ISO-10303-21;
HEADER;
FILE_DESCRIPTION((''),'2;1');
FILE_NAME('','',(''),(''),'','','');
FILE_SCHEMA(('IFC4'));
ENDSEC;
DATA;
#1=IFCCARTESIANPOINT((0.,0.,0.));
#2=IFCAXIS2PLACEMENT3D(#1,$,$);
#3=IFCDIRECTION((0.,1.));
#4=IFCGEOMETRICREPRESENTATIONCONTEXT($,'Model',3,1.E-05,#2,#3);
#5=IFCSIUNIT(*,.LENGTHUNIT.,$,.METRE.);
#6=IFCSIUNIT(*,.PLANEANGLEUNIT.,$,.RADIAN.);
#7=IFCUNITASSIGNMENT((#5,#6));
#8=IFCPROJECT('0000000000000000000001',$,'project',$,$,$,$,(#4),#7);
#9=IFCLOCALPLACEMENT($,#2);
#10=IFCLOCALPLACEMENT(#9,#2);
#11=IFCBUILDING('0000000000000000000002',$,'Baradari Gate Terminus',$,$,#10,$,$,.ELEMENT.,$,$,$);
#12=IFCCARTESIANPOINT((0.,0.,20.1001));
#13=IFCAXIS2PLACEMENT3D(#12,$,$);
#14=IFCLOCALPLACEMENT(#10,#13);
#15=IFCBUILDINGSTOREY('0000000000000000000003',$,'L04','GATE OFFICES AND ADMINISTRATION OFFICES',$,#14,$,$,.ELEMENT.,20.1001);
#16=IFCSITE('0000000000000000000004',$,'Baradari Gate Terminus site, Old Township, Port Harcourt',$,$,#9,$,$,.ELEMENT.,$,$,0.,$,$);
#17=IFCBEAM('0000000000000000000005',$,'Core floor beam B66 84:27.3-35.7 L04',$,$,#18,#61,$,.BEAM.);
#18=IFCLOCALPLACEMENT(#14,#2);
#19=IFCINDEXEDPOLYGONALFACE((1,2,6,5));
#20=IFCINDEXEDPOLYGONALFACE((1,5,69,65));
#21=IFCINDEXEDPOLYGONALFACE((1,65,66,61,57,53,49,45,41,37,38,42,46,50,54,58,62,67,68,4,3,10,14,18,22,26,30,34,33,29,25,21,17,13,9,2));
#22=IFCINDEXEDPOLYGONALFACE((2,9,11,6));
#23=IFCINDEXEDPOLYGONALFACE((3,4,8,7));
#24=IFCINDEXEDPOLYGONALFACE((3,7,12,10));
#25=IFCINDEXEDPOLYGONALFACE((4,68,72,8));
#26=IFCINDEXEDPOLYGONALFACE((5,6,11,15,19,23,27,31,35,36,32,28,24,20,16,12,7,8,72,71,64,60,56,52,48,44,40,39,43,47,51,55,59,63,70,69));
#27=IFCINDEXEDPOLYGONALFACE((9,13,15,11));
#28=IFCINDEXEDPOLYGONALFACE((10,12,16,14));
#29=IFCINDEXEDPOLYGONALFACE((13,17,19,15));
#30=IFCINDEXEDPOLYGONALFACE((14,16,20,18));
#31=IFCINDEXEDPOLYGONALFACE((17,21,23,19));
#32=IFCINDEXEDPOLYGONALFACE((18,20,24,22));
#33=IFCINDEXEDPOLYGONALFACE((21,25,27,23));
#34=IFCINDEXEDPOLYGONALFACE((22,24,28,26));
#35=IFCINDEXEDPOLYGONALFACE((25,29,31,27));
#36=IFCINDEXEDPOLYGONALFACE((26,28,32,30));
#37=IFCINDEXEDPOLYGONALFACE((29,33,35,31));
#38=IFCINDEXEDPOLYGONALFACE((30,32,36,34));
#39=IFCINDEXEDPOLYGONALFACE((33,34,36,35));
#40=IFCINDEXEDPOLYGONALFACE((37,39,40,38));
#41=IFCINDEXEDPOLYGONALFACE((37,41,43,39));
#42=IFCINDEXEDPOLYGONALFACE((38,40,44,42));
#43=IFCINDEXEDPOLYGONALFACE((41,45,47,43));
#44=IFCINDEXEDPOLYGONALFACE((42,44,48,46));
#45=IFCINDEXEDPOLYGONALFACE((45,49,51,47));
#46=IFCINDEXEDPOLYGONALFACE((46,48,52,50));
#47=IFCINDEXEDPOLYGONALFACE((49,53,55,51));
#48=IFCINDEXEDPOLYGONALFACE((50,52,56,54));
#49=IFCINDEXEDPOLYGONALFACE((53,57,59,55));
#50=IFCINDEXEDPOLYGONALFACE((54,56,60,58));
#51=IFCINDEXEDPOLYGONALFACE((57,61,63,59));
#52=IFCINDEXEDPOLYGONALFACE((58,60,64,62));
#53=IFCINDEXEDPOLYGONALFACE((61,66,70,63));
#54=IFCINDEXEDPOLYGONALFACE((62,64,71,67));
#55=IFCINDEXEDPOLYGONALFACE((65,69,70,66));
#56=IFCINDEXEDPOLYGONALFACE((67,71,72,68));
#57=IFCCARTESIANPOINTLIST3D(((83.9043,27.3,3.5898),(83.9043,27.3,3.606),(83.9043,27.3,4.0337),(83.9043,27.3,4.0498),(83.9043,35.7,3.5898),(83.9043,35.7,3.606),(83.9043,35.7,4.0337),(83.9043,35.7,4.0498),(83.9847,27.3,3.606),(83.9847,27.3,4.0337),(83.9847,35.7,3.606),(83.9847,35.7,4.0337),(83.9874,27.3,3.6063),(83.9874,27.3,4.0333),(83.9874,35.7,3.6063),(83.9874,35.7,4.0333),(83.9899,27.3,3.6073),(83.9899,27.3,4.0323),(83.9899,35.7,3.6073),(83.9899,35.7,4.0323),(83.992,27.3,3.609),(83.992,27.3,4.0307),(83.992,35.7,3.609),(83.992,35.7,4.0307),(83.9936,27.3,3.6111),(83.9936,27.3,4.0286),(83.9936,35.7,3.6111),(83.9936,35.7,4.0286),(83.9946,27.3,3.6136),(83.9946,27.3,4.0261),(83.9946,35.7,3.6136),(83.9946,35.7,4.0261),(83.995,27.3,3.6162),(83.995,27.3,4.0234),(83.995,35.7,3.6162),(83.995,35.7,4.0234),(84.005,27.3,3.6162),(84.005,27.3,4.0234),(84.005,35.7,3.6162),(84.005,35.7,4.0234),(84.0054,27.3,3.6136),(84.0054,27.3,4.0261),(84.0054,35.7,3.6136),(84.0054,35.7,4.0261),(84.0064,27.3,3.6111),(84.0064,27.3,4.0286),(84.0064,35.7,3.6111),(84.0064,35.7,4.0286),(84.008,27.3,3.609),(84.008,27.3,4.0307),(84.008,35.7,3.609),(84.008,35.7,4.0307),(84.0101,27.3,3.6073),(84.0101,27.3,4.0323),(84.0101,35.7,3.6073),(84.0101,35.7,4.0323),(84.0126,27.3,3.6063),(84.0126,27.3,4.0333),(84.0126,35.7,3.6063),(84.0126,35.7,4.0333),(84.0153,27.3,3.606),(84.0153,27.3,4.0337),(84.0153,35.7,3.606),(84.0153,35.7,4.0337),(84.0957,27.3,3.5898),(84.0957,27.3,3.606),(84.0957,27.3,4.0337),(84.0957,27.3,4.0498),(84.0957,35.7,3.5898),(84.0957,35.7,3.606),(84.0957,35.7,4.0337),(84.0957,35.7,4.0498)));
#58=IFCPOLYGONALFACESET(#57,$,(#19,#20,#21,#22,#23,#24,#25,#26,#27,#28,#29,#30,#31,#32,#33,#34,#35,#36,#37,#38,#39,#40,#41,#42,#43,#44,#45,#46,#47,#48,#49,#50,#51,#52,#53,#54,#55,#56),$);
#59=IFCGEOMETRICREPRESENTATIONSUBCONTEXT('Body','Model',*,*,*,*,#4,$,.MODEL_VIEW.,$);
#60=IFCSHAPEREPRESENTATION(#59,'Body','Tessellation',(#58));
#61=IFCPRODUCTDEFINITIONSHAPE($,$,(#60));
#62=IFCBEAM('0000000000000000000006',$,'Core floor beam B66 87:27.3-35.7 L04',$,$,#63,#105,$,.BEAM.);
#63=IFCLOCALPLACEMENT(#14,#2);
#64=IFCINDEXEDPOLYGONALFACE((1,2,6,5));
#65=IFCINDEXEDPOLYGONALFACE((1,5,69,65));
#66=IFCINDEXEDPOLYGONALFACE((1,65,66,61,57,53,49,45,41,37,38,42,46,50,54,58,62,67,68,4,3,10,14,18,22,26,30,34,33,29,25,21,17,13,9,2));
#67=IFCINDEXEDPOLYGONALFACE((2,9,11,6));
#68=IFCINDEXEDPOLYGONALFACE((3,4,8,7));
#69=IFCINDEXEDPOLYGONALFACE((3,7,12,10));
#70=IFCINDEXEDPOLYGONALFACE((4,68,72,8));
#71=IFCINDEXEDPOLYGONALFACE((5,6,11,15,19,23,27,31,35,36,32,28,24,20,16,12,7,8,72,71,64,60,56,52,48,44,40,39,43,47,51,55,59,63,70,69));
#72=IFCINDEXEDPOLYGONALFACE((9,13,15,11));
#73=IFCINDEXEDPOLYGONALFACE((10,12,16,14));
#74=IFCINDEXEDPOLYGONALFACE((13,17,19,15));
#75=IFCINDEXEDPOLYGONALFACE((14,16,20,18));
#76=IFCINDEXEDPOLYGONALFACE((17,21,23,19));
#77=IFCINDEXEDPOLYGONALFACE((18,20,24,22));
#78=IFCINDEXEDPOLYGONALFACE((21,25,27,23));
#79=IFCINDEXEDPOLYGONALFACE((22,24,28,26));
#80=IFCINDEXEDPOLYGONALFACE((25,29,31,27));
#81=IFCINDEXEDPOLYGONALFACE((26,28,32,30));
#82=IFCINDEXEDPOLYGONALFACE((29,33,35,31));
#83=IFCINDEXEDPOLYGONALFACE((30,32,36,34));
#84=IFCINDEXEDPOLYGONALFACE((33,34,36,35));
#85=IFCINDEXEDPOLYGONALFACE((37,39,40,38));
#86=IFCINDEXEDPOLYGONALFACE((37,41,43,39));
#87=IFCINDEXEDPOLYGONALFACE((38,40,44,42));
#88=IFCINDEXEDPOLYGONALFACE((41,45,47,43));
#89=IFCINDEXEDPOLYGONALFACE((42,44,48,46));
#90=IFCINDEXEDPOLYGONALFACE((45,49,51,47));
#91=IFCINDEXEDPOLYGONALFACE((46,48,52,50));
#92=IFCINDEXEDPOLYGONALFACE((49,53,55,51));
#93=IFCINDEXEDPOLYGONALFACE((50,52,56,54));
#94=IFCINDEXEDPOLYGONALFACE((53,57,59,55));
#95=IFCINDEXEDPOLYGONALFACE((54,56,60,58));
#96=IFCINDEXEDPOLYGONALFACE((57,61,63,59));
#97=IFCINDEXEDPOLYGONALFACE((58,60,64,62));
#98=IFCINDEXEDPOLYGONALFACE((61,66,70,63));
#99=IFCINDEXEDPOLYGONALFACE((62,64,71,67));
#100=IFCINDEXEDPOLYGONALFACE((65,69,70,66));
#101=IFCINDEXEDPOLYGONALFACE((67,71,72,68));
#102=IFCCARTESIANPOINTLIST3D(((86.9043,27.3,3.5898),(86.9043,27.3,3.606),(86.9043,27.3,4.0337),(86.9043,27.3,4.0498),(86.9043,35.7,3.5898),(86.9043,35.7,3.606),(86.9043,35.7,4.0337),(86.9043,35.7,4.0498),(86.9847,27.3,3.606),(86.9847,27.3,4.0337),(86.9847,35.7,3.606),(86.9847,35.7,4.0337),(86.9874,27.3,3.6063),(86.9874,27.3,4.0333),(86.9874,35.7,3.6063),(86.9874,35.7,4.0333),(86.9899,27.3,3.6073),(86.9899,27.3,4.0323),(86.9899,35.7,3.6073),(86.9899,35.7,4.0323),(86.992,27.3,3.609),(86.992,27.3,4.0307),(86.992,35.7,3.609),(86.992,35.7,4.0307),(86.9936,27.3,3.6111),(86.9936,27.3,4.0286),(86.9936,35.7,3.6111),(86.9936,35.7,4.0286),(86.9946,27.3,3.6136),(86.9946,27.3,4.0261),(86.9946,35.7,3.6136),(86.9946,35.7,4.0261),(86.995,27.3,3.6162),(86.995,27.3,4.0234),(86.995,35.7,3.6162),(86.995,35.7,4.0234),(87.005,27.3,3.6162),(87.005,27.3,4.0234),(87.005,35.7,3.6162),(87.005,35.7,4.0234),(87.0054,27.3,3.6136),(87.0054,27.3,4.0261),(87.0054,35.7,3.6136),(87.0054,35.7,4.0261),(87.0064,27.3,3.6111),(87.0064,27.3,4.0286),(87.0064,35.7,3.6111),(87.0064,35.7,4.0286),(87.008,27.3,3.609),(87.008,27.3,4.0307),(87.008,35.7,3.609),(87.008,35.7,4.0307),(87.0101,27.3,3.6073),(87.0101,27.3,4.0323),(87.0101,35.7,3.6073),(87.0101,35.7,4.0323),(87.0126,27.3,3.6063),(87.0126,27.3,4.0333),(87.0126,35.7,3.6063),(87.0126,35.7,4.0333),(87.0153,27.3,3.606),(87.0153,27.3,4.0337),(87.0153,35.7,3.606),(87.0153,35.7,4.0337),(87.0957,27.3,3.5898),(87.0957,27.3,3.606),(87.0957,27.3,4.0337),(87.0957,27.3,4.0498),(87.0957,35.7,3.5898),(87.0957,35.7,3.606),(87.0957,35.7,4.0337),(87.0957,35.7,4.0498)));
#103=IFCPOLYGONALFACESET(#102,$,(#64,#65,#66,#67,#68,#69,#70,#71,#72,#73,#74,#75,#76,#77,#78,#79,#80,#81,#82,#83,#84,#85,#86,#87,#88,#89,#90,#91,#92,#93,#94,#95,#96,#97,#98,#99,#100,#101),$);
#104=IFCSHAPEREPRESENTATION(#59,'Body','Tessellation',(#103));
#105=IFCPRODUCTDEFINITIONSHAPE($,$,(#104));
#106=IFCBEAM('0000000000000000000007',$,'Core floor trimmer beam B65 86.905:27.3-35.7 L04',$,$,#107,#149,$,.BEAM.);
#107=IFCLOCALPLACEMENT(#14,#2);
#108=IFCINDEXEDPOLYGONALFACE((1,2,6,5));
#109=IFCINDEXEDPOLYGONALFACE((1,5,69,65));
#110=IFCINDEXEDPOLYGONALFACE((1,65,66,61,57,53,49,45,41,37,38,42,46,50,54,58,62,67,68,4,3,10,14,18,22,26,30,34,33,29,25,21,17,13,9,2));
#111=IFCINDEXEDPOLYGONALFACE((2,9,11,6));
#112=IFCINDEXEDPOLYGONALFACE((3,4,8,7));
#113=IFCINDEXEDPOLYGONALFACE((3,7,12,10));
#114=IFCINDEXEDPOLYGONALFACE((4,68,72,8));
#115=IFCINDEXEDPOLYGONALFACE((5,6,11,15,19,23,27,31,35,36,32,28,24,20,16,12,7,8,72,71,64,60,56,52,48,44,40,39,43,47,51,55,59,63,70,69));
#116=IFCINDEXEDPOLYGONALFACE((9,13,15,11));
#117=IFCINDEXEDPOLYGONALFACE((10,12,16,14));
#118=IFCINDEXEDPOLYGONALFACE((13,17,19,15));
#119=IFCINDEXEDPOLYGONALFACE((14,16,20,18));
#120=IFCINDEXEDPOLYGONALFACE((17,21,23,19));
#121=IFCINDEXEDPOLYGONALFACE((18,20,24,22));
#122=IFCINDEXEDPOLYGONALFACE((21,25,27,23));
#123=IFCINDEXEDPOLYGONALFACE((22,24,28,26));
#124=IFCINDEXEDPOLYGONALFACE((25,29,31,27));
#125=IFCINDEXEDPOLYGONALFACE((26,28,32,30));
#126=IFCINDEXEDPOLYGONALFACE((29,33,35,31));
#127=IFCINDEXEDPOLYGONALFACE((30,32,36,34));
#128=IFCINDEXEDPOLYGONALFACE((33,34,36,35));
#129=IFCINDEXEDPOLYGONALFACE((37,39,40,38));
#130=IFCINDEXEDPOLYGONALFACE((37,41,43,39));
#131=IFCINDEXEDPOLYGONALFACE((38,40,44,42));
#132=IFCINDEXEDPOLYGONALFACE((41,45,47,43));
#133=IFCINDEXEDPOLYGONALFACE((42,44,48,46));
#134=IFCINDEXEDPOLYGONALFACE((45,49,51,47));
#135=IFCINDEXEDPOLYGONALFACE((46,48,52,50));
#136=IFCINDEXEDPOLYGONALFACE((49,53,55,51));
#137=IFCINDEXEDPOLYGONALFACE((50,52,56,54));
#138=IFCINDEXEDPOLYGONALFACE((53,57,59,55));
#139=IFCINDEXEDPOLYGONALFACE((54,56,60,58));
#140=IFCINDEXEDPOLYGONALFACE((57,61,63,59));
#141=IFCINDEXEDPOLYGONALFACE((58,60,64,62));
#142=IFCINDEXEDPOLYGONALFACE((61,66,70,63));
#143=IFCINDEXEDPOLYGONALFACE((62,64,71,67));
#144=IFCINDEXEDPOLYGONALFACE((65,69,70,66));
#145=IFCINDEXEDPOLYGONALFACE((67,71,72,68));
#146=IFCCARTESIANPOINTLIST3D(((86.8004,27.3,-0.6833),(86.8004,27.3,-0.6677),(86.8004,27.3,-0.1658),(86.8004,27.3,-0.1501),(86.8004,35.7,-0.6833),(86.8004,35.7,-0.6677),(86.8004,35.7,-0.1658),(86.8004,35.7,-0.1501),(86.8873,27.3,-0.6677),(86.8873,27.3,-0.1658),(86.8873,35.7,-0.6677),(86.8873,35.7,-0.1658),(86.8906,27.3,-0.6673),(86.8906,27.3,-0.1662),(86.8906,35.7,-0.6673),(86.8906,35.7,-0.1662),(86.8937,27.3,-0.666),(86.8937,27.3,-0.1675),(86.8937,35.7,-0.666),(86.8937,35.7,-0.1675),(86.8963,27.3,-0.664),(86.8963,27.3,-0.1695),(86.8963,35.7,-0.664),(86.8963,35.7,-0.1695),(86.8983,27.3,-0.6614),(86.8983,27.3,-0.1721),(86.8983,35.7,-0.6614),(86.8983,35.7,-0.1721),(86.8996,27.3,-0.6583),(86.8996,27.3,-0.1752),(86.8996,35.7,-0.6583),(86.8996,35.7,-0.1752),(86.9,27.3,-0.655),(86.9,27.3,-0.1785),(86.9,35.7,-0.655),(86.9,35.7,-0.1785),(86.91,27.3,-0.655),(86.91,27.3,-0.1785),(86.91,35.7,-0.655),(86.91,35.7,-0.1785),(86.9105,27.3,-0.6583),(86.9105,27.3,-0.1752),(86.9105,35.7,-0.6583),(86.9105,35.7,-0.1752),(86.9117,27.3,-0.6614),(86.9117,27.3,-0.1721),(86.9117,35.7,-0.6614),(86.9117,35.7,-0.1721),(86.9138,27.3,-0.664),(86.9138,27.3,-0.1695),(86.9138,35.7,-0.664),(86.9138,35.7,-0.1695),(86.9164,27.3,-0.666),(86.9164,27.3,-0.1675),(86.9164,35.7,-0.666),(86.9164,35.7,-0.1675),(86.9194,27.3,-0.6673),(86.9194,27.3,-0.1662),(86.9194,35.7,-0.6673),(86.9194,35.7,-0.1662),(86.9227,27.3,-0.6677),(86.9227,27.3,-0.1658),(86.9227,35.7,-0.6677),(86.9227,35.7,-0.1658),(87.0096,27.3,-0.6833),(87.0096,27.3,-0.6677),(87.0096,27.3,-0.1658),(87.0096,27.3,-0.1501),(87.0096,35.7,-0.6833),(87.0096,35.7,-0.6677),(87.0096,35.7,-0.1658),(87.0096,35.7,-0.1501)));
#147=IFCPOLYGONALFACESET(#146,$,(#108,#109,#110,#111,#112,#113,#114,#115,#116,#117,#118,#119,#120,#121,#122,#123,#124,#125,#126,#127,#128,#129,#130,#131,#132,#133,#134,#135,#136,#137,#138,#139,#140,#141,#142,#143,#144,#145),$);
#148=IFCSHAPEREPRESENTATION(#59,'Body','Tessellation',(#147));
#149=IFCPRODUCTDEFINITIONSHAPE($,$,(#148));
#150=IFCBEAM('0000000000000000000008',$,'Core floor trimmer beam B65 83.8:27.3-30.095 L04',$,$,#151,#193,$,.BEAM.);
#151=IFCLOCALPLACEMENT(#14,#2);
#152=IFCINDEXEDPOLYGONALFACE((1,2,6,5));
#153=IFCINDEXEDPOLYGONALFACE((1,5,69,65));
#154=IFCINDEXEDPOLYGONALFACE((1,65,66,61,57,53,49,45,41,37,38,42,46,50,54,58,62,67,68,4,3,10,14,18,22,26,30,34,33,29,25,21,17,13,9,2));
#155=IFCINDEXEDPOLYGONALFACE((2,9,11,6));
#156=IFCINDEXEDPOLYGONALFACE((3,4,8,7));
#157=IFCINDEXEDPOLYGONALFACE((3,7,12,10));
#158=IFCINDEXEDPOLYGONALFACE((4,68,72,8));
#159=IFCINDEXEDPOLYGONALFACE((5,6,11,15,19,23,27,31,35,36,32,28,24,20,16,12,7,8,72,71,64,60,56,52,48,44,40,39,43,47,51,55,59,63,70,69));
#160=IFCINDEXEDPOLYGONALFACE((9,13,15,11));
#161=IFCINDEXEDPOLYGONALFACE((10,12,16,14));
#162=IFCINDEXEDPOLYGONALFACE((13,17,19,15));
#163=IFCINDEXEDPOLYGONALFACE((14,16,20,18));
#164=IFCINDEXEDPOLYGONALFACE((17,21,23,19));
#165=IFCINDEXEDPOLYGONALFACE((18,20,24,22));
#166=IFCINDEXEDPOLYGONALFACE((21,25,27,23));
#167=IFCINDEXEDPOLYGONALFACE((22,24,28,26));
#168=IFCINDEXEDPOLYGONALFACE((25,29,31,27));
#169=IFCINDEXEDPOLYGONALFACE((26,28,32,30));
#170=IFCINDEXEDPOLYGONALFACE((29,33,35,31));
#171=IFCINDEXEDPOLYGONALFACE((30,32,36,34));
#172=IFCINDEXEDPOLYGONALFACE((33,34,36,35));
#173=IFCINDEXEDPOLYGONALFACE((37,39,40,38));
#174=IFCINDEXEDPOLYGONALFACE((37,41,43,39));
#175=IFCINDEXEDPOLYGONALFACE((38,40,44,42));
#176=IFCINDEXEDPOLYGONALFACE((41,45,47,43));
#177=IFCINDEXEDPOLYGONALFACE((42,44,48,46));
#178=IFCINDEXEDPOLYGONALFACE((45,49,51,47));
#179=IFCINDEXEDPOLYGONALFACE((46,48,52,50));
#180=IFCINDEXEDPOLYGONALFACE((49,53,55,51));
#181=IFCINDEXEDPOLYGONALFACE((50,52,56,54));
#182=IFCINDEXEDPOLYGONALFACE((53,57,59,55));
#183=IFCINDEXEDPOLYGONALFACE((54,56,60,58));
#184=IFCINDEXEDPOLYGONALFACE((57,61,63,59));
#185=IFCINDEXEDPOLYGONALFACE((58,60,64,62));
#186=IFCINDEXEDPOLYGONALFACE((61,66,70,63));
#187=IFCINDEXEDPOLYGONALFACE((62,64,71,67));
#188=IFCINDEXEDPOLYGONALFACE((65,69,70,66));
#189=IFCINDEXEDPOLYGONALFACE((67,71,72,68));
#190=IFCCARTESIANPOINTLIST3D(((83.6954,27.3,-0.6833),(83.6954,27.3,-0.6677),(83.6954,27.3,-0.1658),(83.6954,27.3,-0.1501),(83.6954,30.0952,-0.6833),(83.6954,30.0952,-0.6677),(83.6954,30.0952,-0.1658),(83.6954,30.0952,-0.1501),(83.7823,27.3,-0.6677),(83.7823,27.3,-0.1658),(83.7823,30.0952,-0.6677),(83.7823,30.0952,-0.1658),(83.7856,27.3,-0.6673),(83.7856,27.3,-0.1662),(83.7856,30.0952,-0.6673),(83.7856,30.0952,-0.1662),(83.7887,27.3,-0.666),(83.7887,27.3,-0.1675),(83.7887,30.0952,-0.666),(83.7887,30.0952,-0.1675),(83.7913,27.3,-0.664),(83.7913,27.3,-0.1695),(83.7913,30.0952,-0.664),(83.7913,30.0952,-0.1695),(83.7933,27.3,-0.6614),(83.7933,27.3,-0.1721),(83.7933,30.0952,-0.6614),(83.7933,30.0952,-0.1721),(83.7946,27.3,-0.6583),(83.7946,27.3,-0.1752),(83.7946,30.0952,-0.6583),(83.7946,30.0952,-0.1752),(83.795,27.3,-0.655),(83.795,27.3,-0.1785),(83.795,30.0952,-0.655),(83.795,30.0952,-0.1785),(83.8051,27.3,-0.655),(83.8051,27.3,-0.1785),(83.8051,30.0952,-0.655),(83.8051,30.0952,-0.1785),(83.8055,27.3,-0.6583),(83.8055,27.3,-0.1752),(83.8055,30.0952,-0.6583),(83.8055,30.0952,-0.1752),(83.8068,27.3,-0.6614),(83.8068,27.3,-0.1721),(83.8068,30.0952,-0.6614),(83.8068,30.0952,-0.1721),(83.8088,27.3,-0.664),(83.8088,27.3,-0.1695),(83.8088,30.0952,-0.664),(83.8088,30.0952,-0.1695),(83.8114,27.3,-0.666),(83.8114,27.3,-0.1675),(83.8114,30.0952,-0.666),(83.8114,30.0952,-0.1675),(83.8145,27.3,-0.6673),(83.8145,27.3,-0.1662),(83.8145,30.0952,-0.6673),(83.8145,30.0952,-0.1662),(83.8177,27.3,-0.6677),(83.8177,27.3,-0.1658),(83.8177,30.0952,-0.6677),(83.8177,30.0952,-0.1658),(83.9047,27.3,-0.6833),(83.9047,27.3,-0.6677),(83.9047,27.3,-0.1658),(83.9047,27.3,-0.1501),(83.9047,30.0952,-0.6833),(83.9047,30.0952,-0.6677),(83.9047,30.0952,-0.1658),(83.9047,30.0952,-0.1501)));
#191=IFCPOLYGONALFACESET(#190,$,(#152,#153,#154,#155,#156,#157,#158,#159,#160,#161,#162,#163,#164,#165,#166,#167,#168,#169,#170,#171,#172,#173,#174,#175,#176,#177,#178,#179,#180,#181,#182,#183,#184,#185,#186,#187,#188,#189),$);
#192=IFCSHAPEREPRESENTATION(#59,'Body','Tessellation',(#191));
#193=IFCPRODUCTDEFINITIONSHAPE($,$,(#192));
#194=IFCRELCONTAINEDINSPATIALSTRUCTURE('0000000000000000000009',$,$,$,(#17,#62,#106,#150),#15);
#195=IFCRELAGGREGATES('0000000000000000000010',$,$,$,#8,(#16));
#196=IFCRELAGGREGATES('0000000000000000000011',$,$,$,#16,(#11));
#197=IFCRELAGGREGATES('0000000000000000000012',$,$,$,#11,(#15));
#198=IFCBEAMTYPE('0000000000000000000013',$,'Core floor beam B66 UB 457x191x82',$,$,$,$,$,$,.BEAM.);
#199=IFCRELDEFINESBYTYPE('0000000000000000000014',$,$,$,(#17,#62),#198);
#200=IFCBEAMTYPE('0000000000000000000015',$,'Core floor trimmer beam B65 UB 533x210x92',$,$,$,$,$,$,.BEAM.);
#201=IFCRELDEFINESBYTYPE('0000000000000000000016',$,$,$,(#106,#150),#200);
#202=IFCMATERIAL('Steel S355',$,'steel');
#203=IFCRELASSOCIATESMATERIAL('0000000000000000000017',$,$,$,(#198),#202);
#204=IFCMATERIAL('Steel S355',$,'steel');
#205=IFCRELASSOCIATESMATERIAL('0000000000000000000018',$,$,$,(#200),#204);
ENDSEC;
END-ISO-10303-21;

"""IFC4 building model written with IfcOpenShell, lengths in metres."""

from ifc_helpers import new_model, si_unit, direction, frame, origin, origin_2d, place, context, subcontext, project, spatial, i_section, extrude, material, material_profile, profile_set, type_object, element, save


model = new_model("IFC4")

# Units and contexts
model_context = context("Model", 3, precision=1e-05, world=origin(), true_north=direction((0.0, 1.0)))
body_context = subcontext(model_context, "Body", "Model", "MODEL_VIEW")
ifc_project = project(units=[si_unit("LENGTHUNIT", "METRE"), si_unit("PLANEANGLEUNIT", "RADIAN")], contexts=[model_context])

# Site, building, storey
site_placement = place(None, origin())
site = spatial("IfcSite", under=ifc_project, at=site_placement, Name="Baradari Gate Terminus site, Old Township, Port Harcourt", CompositionType="ELEMENT", RefElevation=0.0)
building_placement = place(site_placement, origin())
building = spatial("IfcBuilding", under=site, at=building_placement, Name="Baradari Gate Terminus", CompositionType="ELEMENT")
storey_placement = place(building_placement, frame((0.0, 0.0, 20.1001)))
storey = spatial("IfcBuildingStorey", under=building, at=storey_placement, Name="L04", Description="GATE OFFICES AND ADMINISTRATION OFFICES", CompositionType="ELEMENT", Elevation=20.1001)

# Beams
ifc_material_1 = material(Name="Steel S355", Category="steel")
ifc_material_profile_1 = material_profile(ifc_material_1, i_section(OverallWidth=0.1914, OverallDepth=0.46, WebThickness=0.01, FlangeThickness=0.0161, FilletRadius=0.0103, at=origin_2d()), Name="UB 457x191x82")
ifc_profile_set_1 = profile_set([ifc_material_profile_1], Name="Steel S355")
beam_type_1 = type_object("IfcBeamType", Name="Core floor beam B66 UB 457x191x82", PredefinedType="BEAM", material=ifc_profile_set_1)
for number, where, z_axis, x_axis, name in (
    (1, (84.0, 27.3, 3.8198), (0.0, 1.0, 0.0), (-1.0, 0.0, 0.0), "Core floor beam B66 84:27.3-35.7 L04"),
    (2, (87.0, 27.3, 3.8198), (0.0, 1.0, 0.0), (-1.0, 0.0, 0.0), "Core floor beam B66 87:27.3-35.7 L04"),
):
    element("IfcBeam", number, at=place(storey_placement, frame(where, z_axis=z_axis, x_axis=x_axis)), inside=storey, type_object=beam_type_1, Name=name, PredefinedType="BEAM", context=body_context, shape_type="SweptSolid", body=[
        extrude(i_section(OverallWidth=0.1914, OverallDepth=0.46, WebThickness=0.01, FlangeThickness=0.0161, FilletRadius=0.0103, at=origin_2d()), origin(), (0.0, 0.0, 1.0), 8.3999),
    ])
ifc_material_2 = material(Name="Steel S355", Category="steel")
ifc_material_profile_2 = material_profile(ifc_material_2, i_section(OverallWidth=0.2092, OverallDepth=0.5332, WebThickness=0.01, FlangeThickness=0.0156, FilletRadius=0.0127, at=origin_2d()), Name="UB 533x210x92")
ifc_profile_set_2 = profile_set([ifc_material_profile_2], Name="Steel S355")
beam_type_2 = type_object("IfcBeamType", Name="Core floor trimmer beam B65 UB 533x210x92", PredefinedType="BEAM", material=ifc_profile_set_2)
beam_1_placement = place(storey_placement, frame((86.905, 27.3, -0.4167), z_axis=(0.0, 1.0, 0.0), x_axis=(-1.0, 0.0, 0.0)))
element("IfcBeam", 3, at=beam_1_placement, inside=storey, type_object=beam_type_2, Name="Core floor trimmer beam B65 86.905:27.3-35.7 L04", PredefinedType="BEAM", context=body_context, shape_type="SweptSolid", body=[
    extrude(i_section(OverallWidth=0.2092, OverallDepth=0.5332, WebThickness=0.01, FlangeThickness=0.0156, FilletRadius=0.0127, at=origin_2d()), origin(), (0.0, 0.0, 1.0), 8.3999),
])
beam_2_placement = place(storey_placement, frame((83.8, 27.3, -0.4167), z_axis=(0.0, 1.0, 0.0), x_axis=(-1.0, 0.0, 0.0)))
element("IfcBeam", 4, at=beam_2_placement, inside=storey, type_object=beam_type_2, Name="Core floor trimmer beam B65 83.8:27.3-30.095 L04", PredefinedType="BEAM", context=body_context, shape_type="SweptSolid", body=[
    extrude(i_section(OverallWidth=0.2092, OverallDepth=0.5332, WebThickness=0.01, FlangeThickness=0.0156, FilletRadius=0.0127, at=origin_2d()), origin(), (0.0, 0.0, 1.0), 2.7952),
])

save(model, "model.ifc")
